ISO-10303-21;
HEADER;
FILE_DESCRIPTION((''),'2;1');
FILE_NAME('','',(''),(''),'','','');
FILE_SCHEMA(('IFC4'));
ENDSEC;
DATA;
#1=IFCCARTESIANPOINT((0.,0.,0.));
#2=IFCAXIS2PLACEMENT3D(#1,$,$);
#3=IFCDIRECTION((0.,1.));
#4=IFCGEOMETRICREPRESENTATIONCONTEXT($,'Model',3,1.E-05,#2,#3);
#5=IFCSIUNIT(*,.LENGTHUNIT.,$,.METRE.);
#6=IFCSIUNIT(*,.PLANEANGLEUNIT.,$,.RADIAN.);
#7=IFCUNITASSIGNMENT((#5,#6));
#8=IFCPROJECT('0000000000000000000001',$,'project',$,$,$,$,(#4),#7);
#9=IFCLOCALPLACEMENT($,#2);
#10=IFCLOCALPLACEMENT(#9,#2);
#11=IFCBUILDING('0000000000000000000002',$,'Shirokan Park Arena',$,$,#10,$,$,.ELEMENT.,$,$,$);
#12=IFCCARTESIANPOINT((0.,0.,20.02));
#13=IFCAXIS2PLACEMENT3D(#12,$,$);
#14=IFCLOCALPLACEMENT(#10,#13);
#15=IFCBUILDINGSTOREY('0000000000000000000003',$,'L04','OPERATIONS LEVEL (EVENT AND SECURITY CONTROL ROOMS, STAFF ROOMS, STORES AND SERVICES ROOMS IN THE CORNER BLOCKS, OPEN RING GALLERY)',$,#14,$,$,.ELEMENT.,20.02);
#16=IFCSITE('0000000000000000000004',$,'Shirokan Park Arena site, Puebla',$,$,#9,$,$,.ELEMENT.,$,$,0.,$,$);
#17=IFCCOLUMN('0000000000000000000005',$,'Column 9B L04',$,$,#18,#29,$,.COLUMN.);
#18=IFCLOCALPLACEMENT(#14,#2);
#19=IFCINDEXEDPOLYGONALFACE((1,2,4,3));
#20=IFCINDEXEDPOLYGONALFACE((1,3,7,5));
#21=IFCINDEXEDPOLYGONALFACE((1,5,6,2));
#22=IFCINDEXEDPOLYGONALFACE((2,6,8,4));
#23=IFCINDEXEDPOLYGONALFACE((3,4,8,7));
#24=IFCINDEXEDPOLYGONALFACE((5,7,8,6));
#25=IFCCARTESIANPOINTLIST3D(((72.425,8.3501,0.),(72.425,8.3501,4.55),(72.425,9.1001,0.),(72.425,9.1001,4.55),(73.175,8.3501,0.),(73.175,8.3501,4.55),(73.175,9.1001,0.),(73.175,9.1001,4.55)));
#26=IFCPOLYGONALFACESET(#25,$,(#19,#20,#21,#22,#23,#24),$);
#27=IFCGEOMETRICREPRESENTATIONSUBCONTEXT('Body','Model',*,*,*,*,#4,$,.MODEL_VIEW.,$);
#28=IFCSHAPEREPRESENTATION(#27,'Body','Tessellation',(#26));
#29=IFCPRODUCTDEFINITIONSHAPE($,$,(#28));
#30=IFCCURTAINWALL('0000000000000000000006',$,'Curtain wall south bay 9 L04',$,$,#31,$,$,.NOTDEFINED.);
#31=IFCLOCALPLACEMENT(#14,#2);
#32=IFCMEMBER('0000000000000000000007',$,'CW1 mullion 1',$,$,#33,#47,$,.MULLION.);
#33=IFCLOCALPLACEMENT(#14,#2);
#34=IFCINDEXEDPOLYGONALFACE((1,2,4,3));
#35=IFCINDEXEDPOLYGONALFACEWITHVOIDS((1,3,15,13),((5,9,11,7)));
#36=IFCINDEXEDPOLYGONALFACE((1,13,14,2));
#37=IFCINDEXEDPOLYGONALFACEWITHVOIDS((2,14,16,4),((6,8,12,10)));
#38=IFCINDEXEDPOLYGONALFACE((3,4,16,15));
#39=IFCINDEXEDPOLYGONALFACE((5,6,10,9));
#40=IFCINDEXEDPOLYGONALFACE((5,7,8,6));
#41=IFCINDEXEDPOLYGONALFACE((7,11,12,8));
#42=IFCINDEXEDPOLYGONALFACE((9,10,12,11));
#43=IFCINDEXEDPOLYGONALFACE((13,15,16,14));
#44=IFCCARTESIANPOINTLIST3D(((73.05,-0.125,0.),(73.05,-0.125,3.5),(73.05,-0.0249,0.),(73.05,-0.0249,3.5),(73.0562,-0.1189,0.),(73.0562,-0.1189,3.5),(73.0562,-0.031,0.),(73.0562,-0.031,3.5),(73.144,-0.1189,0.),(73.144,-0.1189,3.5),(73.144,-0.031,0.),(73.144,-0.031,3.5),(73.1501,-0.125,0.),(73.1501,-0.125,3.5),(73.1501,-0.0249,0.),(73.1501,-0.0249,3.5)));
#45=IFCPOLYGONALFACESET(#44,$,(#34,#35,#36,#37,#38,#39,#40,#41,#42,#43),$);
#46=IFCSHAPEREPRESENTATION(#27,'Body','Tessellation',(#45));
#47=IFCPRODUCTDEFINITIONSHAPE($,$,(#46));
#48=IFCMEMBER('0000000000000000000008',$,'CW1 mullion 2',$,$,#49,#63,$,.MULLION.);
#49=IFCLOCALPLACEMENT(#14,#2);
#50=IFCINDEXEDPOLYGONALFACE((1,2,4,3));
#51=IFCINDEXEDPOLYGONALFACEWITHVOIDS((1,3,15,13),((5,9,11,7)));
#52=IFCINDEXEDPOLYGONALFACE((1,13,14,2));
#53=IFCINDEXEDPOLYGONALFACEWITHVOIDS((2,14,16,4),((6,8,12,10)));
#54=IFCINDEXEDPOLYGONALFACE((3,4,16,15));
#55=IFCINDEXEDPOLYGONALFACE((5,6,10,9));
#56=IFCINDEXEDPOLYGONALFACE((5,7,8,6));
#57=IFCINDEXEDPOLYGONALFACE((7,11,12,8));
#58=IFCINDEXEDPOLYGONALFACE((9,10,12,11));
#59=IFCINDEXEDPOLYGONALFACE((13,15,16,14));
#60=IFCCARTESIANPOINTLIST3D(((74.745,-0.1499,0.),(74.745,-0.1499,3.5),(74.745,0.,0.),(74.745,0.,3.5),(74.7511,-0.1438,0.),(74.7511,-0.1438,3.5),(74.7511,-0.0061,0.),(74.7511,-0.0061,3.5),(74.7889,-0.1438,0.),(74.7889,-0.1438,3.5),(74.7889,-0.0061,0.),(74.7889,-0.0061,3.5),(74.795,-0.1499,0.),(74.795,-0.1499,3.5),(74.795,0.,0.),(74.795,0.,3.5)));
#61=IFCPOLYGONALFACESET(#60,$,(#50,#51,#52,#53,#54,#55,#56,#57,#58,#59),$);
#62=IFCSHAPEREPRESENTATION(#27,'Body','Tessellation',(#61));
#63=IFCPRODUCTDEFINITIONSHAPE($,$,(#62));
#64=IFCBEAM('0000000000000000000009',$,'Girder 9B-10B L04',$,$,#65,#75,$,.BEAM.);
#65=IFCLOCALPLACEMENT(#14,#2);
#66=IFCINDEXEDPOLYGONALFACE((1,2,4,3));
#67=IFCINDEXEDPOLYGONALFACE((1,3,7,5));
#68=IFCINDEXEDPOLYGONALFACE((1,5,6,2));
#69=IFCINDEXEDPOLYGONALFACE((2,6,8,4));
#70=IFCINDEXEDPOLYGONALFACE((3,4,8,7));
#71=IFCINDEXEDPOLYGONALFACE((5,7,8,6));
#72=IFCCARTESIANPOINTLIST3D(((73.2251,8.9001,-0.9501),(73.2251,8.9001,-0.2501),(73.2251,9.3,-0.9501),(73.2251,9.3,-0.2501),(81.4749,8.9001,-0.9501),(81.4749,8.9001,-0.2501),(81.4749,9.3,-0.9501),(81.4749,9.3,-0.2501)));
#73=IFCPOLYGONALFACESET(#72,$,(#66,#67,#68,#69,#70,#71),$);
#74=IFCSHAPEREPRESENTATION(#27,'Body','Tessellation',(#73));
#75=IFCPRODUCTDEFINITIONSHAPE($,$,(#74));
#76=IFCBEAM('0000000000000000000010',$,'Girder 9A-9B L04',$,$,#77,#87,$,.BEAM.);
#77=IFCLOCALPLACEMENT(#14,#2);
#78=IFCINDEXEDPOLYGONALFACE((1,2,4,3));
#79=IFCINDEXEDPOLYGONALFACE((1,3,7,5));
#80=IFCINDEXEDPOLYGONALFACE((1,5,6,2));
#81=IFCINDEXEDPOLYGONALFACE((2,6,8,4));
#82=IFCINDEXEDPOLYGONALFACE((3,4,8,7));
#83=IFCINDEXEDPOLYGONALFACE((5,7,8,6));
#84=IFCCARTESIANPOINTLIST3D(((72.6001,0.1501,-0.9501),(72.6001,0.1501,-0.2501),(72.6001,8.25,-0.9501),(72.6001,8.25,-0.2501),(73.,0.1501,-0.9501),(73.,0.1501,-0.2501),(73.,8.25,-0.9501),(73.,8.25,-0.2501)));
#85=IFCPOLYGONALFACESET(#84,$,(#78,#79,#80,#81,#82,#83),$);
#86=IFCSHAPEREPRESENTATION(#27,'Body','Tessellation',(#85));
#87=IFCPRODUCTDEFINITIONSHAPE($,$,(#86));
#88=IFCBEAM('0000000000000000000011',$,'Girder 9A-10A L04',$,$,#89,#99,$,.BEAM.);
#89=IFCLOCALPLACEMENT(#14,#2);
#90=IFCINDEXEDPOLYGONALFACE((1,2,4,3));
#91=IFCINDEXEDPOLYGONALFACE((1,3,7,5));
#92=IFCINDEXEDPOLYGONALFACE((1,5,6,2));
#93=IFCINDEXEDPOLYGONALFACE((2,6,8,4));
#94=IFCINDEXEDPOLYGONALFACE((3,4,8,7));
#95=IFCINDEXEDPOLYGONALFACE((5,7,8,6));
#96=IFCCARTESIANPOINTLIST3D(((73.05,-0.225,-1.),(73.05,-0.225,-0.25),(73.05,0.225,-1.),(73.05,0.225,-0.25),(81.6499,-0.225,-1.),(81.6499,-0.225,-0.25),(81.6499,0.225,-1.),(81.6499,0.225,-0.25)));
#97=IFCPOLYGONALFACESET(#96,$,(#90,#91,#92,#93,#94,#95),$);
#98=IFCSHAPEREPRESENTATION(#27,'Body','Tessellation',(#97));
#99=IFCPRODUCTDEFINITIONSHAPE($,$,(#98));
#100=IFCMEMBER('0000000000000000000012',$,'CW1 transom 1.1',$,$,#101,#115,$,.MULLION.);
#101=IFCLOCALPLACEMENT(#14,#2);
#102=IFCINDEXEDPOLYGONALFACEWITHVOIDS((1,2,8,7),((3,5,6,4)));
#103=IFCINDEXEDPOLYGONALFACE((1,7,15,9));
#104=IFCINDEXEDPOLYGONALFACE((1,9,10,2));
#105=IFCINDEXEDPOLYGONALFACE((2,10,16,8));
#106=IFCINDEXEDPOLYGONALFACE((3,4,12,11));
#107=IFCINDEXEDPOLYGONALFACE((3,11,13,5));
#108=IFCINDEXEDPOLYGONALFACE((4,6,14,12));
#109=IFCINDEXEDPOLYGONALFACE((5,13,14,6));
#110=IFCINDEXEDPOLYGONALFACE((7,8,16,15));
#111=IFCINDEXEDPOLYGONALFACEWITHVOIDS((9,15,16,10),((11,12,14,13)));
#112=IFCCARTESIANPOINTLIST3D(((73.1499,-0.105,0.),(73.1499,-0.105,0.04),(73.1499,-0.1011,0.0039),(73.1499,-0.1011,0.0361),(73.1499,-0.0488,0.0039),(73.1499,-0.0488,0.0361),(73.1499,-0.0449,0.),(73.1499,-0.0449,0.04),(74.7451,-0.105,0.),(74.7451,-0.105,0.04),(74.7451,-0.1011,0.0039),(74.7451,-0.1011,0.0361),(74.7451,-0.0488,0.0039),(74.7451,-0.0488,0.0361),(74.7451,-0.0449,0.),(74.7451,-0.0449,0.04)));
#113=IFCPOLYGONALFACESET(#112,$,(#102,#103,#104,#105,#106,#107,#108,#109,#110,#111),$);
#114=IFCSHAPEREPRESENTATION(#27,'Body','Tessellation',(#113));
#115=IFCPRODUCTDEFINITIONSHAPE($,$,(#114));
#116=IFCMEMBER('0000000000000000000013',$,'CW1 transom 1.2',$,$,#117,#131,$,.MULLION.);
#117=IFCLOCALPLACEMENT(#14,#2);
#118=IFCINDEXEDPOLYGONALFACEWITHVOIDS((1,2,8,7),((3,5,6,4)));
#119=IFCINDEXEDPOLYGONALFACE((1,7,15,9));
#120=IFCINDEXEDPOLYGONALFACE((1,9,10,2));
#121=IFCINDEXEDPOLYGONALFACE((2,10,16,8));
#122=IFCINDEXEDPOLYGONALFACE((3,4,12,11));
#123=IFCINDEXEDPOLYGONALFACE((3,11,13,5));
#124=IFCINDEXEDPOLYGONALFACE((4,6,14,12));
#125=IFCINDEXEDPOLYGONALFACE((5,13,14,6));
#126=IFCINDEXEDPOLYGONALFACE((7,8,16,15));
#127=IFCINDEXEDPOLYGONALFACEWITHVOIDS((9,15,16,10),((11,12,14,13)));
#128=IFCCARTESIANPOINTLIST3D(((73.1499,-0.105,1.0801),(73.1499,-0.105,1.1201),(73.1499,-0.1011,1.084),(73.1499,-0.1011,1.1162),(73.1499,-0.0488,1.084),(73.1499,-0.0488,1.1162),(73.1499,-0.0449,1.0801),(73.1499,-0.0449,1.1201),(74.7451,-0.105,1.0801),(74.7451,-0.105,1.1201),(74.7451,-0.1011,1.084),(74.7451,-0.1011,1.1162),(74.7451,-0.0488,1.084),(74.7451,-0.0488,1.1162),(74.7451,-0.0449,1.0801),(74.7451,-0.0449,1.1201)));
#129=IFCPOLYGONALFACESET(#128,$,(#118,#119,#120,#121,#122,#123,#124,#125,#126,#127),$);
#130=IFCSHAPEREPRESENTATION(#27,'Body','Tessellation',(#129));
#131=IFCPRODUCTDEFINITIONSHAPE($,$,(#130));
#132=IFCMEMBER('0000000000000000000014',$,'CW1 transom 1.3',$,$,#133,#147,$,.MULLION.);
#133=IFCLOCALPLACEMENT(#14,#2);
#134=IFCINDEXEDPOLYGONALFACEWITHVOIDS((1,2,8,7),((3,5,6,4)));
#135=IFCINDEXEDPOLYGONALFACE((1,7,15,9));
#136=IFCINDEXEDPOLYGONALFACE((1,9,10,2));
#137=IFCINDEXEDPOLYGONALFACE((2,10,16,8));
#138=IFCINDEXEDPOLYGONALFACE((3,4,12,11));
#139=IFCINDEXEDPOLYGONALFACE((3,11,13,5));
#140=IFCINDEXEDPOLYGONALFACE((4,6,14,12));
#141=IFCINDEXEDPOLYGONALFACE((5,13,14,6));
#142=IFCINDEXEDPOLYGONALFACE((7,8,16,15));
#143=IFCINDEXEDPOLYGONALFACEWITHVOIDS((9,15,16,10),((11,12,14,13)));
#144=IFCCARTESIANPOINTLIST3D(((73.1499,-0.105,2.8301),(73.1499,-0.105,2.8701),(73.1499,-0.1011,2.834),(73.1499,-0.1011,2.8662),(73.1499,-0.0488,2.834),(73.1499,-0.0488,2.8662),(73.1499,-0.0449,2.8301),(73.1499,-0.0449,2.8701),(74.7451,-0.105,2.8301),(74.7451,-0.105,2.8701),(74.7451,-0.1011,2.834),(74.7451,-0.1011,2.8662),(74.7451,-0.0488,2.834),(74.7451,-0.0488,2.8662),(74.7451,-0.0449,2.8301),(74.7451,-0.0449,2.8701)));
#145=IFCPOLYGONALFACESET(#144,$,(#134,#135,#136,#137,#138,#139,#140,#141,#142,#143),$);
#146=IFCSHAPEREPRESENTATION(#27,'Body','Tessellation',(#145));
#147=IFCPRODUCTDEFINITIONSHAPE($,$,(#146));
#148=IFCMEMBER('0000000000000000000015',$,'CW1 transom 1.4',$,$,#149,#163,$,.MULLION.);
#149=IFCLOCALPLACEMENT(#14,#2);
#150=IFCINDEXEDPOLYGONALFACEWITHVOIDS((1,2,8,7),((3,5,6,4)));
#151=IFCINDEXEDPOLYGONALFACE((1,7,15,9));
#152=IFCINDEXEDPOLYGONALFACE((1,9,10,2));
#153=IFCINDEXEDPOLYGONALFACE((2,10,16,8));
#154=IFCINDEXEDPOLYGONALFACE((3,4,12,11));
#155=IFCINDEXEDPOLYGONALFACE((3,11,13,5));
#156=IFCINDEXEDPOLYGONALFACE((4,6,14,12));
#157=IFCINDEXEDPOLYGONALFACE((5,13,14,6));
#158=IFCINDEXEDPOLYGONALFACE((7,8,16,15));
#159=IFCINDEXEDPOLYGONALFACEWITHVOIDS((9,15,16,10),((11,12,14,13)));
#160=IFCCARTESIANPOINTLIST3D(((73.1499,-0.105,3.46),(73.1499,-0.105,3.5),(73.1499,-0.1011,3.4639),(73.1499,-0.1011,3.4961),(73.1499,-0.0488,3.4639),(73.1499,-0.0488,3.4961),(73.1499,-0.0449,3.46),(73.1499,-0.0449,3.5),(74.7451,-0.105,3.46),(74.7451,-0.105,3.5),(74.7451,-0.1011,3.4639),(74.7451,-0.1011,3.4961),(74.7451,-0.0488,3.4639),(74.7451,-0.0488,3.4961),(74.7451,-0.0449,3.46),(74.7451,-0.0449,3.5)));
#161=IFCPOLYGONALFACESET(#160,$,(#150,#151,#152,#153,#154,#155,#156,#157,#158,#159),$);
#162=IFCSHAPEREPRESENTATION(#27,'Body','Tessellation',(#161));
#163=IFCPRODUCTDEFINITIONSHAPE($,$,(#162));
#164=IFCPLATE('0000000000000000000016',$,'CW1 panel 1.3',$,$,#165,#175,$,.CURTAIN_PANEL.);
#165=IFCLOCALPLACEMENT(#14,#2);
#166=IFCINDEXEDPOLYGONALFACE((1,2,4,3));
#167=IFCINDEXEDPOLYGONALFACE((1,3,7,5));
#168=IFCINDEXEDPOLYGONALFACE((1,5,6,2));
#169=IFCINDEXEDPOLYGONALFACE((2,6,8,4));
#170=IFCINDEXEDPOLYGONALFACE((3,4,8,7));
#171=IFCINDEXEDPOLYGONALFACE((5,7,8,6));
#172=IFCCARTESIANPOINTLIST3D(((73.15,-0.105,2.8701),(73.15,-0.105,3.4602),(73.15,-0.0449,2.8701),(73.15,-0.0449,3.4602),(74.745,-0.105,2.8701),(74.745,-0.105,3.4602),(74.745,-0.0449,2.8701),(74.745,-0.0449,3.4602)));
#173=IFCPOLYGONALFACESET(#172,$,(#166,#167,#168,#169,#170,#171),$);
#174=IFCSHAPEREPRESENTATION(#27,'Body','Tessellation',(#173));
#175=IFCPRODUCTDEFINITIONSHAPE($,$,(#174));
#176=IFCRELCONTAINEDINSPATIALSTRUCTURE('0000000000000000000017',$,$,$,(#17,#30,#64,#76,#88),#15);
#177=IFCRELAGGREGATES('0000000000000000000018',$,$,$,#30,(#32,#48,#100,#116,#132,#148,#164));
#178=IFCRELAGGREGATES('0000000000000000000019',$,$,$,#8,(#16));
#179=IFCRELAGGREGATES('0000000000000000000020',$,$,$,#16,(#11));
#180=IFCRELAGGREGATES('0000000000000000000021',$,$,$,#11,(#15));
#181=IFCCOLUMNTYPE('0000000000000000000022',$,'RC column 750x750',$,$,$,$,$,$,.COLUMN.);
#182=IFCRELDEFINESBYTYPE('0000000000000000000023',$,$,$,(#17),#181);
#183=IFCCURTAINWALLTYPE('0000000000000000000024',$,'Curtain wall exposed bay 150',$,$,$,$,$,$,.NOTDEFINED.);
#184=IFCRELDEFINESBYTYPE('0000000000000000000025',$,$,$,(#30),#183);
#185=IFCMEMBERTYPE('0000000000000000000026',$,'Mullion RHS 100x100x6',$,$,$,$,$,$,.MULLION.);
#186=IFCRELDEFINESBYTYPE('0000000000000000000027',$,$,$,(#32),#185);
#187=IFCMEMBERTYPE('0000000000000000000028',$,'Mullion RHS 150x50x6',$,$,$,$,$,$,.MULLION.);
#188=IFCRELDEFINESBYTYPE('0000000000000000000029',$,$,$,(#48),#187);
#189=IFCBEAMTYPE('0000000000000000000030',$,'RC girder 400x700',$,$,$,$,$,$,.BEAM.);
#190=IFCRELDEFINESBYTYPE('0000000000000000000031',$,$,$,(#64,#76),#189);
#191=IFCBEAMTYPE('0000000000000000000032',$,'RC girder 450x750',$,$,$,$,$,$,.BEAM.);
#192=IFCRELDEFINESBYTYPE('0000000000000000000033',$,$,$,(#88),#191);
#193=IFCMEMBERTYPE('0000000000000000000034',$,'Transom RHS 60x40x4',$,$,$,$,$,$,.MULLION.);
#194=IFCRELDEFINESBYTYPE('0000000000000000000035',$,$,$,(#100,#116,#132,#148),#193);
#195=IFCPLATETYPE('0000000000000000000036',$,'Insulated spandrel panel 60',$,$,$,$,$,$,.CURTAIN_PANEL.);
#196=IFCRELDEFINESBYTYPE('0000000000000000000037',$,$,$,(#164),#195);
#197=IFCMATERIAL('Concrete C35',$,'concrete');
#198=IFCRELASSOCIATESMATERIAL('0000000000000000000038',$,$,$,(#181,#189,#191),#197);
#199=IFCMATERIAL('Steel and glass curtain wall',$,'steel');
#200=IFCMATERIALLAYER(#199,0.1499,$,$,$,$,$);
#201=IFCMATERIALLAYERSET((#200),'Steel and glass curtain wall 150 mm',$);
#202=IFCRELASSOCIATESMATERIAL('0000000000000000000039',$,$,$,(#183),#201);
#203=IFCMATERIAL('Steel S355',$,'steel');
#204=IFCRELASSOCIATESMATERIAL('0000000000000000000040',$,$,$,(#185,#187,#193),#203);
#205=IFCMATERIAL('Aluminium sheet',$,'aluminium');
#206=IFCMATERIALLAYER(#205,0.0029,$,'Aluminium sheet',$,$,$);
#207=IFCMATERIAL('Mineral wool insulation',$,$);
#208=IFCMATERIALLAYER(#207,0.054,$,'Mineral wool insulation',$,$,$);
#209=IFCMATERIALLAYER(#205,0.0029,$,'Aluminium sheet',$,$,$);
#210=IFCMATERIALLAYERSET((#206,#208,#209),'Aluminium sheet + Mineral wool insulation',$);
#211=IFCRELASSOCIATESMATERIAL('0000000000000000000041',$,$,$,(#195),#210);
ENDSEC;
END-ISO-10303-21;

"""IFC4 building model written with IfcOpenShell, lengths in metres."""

from ifc_helpers import new_model, si_unit, direction, frame, origin, origin_2d, place, context, subcontext, project, spatial, rectangle, hollow_rectangle, extrude, material, layer, layer_set, material_profile, profile_set, type_object, element, aggregate, save


model = new_model("IFC4")

# Units and contexts
model_context = context("Model", 3, precision=1e-05, world=origin(), true_north=direction((0.0, 1.0)))
body_context = subcontext(model_context, "Body", "Model", "MODEL_VIEW")
ifc_project = project(units=[si_unit("LENGTHUNIT", "METRE"), si_unit("PLANEANGLEUNIT", "RADIAN")], contexts=[model_context])

# Site, building, storey
site_placement = place(None, origin())
site = spatial("IfcSite", under=ifc_project, at=site_placement, Name="Shirokan Park Arena site, Puebla", CompositionType="ELEMENT", RefElevation=0.0)
building_placement = place(site_placement, origin())
building = spatial("IfcBuilding", under=site, at=building_placement, Name="Shirokan Park Arena", CompositionType="ELEMENT")
storey_placement = place(building_placement, frame((0.0, 0.0, 20.02)))
storey = spatial("IfcBuildingStorey", under=building, at=storey_placement, Name="L04", Description="OPERATIONS LEVEL (EVENT AND SECURITY CONTROL ROOMS, STAFF ROOMS, STORES AND SERVICES ROOMS IN THE CORNER BLOCKS, OPEN RING GALLERY)", CompositionType="ELEMENT", Elevation=20.02)

# Column
ifc_material_1 = material(Name="Concrete C35", Category="concrete")
ifc_material_profile_1 = material_profile(ifc_material_1, rectangle(XDim=0.75, YDim=0.75, at=origin_2d()), Name="750x750")
ifc_profile_set_1 = profile_set([ifc_material_profile_1], Name="Concrete C35")
column_type = type_object("IfcColumnType", Name="RC column 750x750", PredefinedType="COLUMN", material=ifc_profile_set_1)
column_placement = place(storey_placement, frame((72.8, 8.7251, 0.0), z_axis=(0.0, 0.0, 1.0), x_axis=(1.0, 0.0, 0.0)))
element("IfcColumn", 1, at=column_placement, inside=storey, type_object=column_type, Name="Column 9B L04", PredefinedType="COLUMN", context=body_context, shape_type="SweptSolid", body=[
    extrude(rectangle(XDim=0.75, YDim=0.75, at=origin_2d()), origin(), (0.0, 0.0, 1.0), 4.55),
])

# Curtain wall, members
ifc_material_2 = material(Name="Steel and glass curtain wall", Category="steel")
ifc_layer_1 = layer(ifc_material_2, 0.1499)
ifc_layer_set_1 = layer_set([ifc_layer_1], Name="Steel and glass curtain wall 150 mm")
curtain_wall_type = type_object("IfcCurtainWallType", Name="Curtain wall exposed bay 150", PredefinedType="NOTDEFINED", material=ifc_layer_set_1)
curtain_wall_placement = place(storey_placement, origin())
curtain_wall = element("IfcCurtainWall", 2, at=curtain_wall_placement, inside=storey, type_object=curtain_wall_type, Name="Curtain wall south bay 9 L04", PredefinedType="NOTDEFINED")
ifc_material_3 = material(Name="Steel S355", Category="steel")
ifc_material_profile_2 = material_profile(ifc_material_3, hollow_rectangle(XDim=0.1001, YDim=0.1001, WallThickness=0.0061, at=origin_2d()), Name="RHS 100x100x6")
ifc_profile_set_2 = profile_set([ifc_material_profile_2], Name="Steel S355")
member_type_1 = type_object("IfcMemberType", Name="Mullion RHS 100x100x6", PredefinedType="MULLION", material=ifc_profile_set_2)
member_1_placement = place(storey_placement, frame((73.1001, -0.075, 0.0), z_axis=(0.0, 0.0, 1.0), x_axis=(0.0, 1.0, 0.0)))
member_1 = element("IfcMember", 3, at=member_1_placement, type_object=member_type_1, Name="CW1 mullion 1", PredefinedType="MULLION", context=body_context, shape_type="SweptSolid", body=[
    extrude(hollow_rectangle(XDim=0.1001, YDim=0.1001, WallThickness=0.0061, at=origin_2d()), origin(), (0.0, 0.0, 1.0), 3.5),
])
ifc_material_profile_3 = material_profile(ifc_material_3, hollow_rectangle(XDim=0.1499, YDim=0.05, WallThickness=0.0061, at=origin_2d()), Name="RHS 150x50x6")
ifc_profile_set_3 = profile_set([ifc_material_profile_3], Name="Steel S355")
member_type_2 = type_object("IfcMemberType", Name="Mullion RHS 150x50x6", PredefinedType="MULLION", material=ifc_profile_set_3)
member_2_placement = place(storey_placement, frame((74.77, -0.075, 0.0), z_axis=(0.0, 0.0, 1.0), x_axis=(0.0, 1.0, 0.0)))
member_2 = element("IfcMember", 4, at=member_2_placement, type_object=member_type_2, Name="CW1 mullion 2", PredefinedType="MULLION", context=body_context, shape_type="SweptSolid", body=[
    extrude(hollow_rectangle(XDim=0.1499, YDim=0.05, WallThickness=0.0061, at=origin_2d()), origin(), (0.0, 0.0, 1.0), 3.5),
])

# Beams
ifc_material_profile_4 = material_profile(ifc_material_1, rectangle(XDim=0.3999, YDim=0.7, at=origin_2d()), Name="400x700")
ifc_profile_set_4 = profile_set([ifc_material_profile_4], Name="Concrete C35")
beam_type_1 = type_object("IfcBeamType", Name="RC girder 400x700", PredefinedType="BEAM", material=ifc_profile_set_4)
beam_1_placement = place(storey_placement, frame((73.2251, 9.1001, -0.6001), z_axis=(1.0, 0.0, 0.0), x_axis=(0.0, 1.0, 0.0)))
element("IfcBeam", 5, at=beam_1_placement, inside=storey, type_object=beam_type_1, Name="Girder 9B-10B L04", PredefinedType="BEAM", context=body_context, shape_type="SweptSolid", body=[
    extrude(rectangle(XDim=0.3999, YDim=0.7, at=origin_2d()), origin(), (0.0, 0.0, 1.0), 8.2498),
])
beam_2_placement = place(storey_placement, frame((72.8, 0.1501, -0.6001), z_axis=(0.0, 1.0, 0.0), x_axis=(-1.0, 0.0, 0.0)))
element("IfcBeam", 6, at=beam_2_placement, inside=storey, type_object=beam_type_1, Name="Girder 9A-9B L04", PredefinedType="BEAM", context=body_context, shape_type="SweptSolid", body=[
    extrude(rectangle(XDim=0.3999, YDim=0.7, at=origin_2d()), origin(), (0.0, 0.0, 1.0), 8.0999),
])
ifc_material_profile_5 = material_profile(ifc_material_1, rectangle(XDim=0.45, YDim=0.75, at=origin_2d()), Name="450x750")
ifc_profile_set_5 = profile_set([ifc_material_profile_5], Name="Concrete C35")
beam_type_2 = type_object("IfcBeamType", Name="RC girder 450x750", PredefinedType="BEAM", material=ifc_profile_set_5)
beam_3_placement = place(storey_placement, frame((73.05, 0.0, -0.625), z_axis=(1.0, 0.0, 0.0), x_axis=(0.0, 1.0, 0.0)))
element("IfcBeam", 7, at=beam_3_placement, inside=storey, type_object=beam_type_2, Name="Girder 9A-10A L04", PredefinedType="BEAM", context=body_context, shape_type="SweptSolid", body=[
    extrude(rectangle(XDim=0.45, YDim=0.75, at=origin_2d()), origin(), (0.0, 0.0, 1.0), 8.5999),
])

# Members
ifc_material_profile_6 = material_profile(ifc_material_3, hollow_rectangle(XDim=0.0601, YDim=0.04, WallThickness=0.0039, at=origin_2d()), Name="RHS 60x40x4")
ifc_profile_set_6 = profile_set([ifc_material_profile_6], Name="Steel S355")
member_type_3 = type_object("IfcMemberType", Name="Transom RHS 60x40x4", PredefinedType="MULLION", material=ifc_profile_set_6)
member_3_placement = place(storey_placement, frame((73.1499, -0.075, 0.02), z_axis=(1.0, 0.0, 0.0), x_axis=(0.0, 1.0, 0.0)))
member_3 = element("IfcMember", 8, at=member_3_placement, type_object=member_type_3, Name="CW1 transom 1.1", PredefinedType="MULLION", context=body_context, shape_type="SweptSolid", body=[
    extrude(hollow_rectangle(XDim=0.0601, YDim=0.04, WallThickness=0.0039, at=origin_2d()), origin(), (0.0, 0.0, 1.0), 1.5952),
])
member_4_placement = place(storey_placement, frame((73.1499, -0.075, 1.1001), z_axis=(1.0, 0.0, 0.0), x_axis=(0.0, 1.0, 0.0)))
member_4 = element("IfcMember", 9, at=member_4_placement, type_object=member_type_3, Name="CW1 transom 1.2", PredefinedType="MULLION", context=body_context, shape_type="SweptSolid", body=[
    extrude(hollow_rectangle(XDim=0.0601, YDim=0.04, WallThickness=0.0039, at=origin_2d()), origin(), (0.0, 0.0, 1.0), 1.5952),
])
member_5_placement = place(storey_placement, frame((73.1499, -0.075, 2.8501), z_axis=(1.0, 0.0, 0.0), x_axis=(0.0, 1.0, 0.0)))
member_5 = element("IfcMember", 10, at=member_5_placement, type_object=member_type_3, Name="CW1 transom 1.3", PredefinedType="MULLION", context=body_context, shape_type="SweptSolid", body=[
    extrude(hollow_rectangle(XDim=0.0601, YDim=0.04, WallThickness=0.0039, at=origin_2d()), origin(), (0.0, 0.0, 1.0), 1.5952),
])
member_6_placement = place(storey_placement, frame((73.1499, -0.075, 3.48), z_axis=(1.0, 0.0, 0.0), x_axis=(0.0, 1.0, 0.0)))
member_6 = element("IfcMember", 11, at=member_6_placement, type_object=member_type_3, Name="CW1 transom 1.4", PredefinedType="MULLION", context=body_context, shape_type="SweptSolid", body=[
    extrude(hollow_rectangle(XDim=0.0601, YDim=0.04, WallThickness=0.0039, at=origin_2d()), origin(), (0.0, 0.0, 1.0), 1.5952),
])

# Plate
ifc_material_4 = material(Name="Aluminium sheet", Category="aluminium")
ifc_layer_2 = layer(ifc_material_4, 0.0029, Name="Aluminium sheet")
ifc_material_5 = material(Name="Mineral wool insulation")
ifc_layer_3 = layer(ifc_material_5, 0.054, Name="Mineral wool insulation")
ifc_layer_4 = layer(ifc_material_4, 0.0029, Name="Aluminium sheet")
ifc_layer_set_2 = layer_set([ifc_layer_2, ifc_layer_3, ifc_layer_4], Name="Aluminium sheet + Mineral wool insulation")
plate_type_1 = type_object("IfcPlateType", Name="Insulated spandrel panel 60", PredefinedType="CURTAIN_PANEL", material=ifc_layer_set_2)
plate_1_placement = place(storey_placement, frame((73.9475, -0.075, 2.8701), z_axis=(0.0, 0.0, 1.0), x_axis=(1.0, 0.0, 0.0)))
plate_1 = element("IfcPlate", 12, at=plate_1_placement, type_object=plate_type_1, Name="CW1 panel 1.3", PredefinedType="CURTAIN_PANEL", context=body_context, shape_type="SweptSolid", body=[
    extrude(rectangle(XDim=1.595, YDim=0.0601, at=origin_2d()), origin(), (0.0, 0.0, 1.0), 0.5901),
])
aggregate(curtain_wall, [member_1, member_2, member_3, member_4, member_5, member_6, plate_1])

save(model, "model.ifc")
